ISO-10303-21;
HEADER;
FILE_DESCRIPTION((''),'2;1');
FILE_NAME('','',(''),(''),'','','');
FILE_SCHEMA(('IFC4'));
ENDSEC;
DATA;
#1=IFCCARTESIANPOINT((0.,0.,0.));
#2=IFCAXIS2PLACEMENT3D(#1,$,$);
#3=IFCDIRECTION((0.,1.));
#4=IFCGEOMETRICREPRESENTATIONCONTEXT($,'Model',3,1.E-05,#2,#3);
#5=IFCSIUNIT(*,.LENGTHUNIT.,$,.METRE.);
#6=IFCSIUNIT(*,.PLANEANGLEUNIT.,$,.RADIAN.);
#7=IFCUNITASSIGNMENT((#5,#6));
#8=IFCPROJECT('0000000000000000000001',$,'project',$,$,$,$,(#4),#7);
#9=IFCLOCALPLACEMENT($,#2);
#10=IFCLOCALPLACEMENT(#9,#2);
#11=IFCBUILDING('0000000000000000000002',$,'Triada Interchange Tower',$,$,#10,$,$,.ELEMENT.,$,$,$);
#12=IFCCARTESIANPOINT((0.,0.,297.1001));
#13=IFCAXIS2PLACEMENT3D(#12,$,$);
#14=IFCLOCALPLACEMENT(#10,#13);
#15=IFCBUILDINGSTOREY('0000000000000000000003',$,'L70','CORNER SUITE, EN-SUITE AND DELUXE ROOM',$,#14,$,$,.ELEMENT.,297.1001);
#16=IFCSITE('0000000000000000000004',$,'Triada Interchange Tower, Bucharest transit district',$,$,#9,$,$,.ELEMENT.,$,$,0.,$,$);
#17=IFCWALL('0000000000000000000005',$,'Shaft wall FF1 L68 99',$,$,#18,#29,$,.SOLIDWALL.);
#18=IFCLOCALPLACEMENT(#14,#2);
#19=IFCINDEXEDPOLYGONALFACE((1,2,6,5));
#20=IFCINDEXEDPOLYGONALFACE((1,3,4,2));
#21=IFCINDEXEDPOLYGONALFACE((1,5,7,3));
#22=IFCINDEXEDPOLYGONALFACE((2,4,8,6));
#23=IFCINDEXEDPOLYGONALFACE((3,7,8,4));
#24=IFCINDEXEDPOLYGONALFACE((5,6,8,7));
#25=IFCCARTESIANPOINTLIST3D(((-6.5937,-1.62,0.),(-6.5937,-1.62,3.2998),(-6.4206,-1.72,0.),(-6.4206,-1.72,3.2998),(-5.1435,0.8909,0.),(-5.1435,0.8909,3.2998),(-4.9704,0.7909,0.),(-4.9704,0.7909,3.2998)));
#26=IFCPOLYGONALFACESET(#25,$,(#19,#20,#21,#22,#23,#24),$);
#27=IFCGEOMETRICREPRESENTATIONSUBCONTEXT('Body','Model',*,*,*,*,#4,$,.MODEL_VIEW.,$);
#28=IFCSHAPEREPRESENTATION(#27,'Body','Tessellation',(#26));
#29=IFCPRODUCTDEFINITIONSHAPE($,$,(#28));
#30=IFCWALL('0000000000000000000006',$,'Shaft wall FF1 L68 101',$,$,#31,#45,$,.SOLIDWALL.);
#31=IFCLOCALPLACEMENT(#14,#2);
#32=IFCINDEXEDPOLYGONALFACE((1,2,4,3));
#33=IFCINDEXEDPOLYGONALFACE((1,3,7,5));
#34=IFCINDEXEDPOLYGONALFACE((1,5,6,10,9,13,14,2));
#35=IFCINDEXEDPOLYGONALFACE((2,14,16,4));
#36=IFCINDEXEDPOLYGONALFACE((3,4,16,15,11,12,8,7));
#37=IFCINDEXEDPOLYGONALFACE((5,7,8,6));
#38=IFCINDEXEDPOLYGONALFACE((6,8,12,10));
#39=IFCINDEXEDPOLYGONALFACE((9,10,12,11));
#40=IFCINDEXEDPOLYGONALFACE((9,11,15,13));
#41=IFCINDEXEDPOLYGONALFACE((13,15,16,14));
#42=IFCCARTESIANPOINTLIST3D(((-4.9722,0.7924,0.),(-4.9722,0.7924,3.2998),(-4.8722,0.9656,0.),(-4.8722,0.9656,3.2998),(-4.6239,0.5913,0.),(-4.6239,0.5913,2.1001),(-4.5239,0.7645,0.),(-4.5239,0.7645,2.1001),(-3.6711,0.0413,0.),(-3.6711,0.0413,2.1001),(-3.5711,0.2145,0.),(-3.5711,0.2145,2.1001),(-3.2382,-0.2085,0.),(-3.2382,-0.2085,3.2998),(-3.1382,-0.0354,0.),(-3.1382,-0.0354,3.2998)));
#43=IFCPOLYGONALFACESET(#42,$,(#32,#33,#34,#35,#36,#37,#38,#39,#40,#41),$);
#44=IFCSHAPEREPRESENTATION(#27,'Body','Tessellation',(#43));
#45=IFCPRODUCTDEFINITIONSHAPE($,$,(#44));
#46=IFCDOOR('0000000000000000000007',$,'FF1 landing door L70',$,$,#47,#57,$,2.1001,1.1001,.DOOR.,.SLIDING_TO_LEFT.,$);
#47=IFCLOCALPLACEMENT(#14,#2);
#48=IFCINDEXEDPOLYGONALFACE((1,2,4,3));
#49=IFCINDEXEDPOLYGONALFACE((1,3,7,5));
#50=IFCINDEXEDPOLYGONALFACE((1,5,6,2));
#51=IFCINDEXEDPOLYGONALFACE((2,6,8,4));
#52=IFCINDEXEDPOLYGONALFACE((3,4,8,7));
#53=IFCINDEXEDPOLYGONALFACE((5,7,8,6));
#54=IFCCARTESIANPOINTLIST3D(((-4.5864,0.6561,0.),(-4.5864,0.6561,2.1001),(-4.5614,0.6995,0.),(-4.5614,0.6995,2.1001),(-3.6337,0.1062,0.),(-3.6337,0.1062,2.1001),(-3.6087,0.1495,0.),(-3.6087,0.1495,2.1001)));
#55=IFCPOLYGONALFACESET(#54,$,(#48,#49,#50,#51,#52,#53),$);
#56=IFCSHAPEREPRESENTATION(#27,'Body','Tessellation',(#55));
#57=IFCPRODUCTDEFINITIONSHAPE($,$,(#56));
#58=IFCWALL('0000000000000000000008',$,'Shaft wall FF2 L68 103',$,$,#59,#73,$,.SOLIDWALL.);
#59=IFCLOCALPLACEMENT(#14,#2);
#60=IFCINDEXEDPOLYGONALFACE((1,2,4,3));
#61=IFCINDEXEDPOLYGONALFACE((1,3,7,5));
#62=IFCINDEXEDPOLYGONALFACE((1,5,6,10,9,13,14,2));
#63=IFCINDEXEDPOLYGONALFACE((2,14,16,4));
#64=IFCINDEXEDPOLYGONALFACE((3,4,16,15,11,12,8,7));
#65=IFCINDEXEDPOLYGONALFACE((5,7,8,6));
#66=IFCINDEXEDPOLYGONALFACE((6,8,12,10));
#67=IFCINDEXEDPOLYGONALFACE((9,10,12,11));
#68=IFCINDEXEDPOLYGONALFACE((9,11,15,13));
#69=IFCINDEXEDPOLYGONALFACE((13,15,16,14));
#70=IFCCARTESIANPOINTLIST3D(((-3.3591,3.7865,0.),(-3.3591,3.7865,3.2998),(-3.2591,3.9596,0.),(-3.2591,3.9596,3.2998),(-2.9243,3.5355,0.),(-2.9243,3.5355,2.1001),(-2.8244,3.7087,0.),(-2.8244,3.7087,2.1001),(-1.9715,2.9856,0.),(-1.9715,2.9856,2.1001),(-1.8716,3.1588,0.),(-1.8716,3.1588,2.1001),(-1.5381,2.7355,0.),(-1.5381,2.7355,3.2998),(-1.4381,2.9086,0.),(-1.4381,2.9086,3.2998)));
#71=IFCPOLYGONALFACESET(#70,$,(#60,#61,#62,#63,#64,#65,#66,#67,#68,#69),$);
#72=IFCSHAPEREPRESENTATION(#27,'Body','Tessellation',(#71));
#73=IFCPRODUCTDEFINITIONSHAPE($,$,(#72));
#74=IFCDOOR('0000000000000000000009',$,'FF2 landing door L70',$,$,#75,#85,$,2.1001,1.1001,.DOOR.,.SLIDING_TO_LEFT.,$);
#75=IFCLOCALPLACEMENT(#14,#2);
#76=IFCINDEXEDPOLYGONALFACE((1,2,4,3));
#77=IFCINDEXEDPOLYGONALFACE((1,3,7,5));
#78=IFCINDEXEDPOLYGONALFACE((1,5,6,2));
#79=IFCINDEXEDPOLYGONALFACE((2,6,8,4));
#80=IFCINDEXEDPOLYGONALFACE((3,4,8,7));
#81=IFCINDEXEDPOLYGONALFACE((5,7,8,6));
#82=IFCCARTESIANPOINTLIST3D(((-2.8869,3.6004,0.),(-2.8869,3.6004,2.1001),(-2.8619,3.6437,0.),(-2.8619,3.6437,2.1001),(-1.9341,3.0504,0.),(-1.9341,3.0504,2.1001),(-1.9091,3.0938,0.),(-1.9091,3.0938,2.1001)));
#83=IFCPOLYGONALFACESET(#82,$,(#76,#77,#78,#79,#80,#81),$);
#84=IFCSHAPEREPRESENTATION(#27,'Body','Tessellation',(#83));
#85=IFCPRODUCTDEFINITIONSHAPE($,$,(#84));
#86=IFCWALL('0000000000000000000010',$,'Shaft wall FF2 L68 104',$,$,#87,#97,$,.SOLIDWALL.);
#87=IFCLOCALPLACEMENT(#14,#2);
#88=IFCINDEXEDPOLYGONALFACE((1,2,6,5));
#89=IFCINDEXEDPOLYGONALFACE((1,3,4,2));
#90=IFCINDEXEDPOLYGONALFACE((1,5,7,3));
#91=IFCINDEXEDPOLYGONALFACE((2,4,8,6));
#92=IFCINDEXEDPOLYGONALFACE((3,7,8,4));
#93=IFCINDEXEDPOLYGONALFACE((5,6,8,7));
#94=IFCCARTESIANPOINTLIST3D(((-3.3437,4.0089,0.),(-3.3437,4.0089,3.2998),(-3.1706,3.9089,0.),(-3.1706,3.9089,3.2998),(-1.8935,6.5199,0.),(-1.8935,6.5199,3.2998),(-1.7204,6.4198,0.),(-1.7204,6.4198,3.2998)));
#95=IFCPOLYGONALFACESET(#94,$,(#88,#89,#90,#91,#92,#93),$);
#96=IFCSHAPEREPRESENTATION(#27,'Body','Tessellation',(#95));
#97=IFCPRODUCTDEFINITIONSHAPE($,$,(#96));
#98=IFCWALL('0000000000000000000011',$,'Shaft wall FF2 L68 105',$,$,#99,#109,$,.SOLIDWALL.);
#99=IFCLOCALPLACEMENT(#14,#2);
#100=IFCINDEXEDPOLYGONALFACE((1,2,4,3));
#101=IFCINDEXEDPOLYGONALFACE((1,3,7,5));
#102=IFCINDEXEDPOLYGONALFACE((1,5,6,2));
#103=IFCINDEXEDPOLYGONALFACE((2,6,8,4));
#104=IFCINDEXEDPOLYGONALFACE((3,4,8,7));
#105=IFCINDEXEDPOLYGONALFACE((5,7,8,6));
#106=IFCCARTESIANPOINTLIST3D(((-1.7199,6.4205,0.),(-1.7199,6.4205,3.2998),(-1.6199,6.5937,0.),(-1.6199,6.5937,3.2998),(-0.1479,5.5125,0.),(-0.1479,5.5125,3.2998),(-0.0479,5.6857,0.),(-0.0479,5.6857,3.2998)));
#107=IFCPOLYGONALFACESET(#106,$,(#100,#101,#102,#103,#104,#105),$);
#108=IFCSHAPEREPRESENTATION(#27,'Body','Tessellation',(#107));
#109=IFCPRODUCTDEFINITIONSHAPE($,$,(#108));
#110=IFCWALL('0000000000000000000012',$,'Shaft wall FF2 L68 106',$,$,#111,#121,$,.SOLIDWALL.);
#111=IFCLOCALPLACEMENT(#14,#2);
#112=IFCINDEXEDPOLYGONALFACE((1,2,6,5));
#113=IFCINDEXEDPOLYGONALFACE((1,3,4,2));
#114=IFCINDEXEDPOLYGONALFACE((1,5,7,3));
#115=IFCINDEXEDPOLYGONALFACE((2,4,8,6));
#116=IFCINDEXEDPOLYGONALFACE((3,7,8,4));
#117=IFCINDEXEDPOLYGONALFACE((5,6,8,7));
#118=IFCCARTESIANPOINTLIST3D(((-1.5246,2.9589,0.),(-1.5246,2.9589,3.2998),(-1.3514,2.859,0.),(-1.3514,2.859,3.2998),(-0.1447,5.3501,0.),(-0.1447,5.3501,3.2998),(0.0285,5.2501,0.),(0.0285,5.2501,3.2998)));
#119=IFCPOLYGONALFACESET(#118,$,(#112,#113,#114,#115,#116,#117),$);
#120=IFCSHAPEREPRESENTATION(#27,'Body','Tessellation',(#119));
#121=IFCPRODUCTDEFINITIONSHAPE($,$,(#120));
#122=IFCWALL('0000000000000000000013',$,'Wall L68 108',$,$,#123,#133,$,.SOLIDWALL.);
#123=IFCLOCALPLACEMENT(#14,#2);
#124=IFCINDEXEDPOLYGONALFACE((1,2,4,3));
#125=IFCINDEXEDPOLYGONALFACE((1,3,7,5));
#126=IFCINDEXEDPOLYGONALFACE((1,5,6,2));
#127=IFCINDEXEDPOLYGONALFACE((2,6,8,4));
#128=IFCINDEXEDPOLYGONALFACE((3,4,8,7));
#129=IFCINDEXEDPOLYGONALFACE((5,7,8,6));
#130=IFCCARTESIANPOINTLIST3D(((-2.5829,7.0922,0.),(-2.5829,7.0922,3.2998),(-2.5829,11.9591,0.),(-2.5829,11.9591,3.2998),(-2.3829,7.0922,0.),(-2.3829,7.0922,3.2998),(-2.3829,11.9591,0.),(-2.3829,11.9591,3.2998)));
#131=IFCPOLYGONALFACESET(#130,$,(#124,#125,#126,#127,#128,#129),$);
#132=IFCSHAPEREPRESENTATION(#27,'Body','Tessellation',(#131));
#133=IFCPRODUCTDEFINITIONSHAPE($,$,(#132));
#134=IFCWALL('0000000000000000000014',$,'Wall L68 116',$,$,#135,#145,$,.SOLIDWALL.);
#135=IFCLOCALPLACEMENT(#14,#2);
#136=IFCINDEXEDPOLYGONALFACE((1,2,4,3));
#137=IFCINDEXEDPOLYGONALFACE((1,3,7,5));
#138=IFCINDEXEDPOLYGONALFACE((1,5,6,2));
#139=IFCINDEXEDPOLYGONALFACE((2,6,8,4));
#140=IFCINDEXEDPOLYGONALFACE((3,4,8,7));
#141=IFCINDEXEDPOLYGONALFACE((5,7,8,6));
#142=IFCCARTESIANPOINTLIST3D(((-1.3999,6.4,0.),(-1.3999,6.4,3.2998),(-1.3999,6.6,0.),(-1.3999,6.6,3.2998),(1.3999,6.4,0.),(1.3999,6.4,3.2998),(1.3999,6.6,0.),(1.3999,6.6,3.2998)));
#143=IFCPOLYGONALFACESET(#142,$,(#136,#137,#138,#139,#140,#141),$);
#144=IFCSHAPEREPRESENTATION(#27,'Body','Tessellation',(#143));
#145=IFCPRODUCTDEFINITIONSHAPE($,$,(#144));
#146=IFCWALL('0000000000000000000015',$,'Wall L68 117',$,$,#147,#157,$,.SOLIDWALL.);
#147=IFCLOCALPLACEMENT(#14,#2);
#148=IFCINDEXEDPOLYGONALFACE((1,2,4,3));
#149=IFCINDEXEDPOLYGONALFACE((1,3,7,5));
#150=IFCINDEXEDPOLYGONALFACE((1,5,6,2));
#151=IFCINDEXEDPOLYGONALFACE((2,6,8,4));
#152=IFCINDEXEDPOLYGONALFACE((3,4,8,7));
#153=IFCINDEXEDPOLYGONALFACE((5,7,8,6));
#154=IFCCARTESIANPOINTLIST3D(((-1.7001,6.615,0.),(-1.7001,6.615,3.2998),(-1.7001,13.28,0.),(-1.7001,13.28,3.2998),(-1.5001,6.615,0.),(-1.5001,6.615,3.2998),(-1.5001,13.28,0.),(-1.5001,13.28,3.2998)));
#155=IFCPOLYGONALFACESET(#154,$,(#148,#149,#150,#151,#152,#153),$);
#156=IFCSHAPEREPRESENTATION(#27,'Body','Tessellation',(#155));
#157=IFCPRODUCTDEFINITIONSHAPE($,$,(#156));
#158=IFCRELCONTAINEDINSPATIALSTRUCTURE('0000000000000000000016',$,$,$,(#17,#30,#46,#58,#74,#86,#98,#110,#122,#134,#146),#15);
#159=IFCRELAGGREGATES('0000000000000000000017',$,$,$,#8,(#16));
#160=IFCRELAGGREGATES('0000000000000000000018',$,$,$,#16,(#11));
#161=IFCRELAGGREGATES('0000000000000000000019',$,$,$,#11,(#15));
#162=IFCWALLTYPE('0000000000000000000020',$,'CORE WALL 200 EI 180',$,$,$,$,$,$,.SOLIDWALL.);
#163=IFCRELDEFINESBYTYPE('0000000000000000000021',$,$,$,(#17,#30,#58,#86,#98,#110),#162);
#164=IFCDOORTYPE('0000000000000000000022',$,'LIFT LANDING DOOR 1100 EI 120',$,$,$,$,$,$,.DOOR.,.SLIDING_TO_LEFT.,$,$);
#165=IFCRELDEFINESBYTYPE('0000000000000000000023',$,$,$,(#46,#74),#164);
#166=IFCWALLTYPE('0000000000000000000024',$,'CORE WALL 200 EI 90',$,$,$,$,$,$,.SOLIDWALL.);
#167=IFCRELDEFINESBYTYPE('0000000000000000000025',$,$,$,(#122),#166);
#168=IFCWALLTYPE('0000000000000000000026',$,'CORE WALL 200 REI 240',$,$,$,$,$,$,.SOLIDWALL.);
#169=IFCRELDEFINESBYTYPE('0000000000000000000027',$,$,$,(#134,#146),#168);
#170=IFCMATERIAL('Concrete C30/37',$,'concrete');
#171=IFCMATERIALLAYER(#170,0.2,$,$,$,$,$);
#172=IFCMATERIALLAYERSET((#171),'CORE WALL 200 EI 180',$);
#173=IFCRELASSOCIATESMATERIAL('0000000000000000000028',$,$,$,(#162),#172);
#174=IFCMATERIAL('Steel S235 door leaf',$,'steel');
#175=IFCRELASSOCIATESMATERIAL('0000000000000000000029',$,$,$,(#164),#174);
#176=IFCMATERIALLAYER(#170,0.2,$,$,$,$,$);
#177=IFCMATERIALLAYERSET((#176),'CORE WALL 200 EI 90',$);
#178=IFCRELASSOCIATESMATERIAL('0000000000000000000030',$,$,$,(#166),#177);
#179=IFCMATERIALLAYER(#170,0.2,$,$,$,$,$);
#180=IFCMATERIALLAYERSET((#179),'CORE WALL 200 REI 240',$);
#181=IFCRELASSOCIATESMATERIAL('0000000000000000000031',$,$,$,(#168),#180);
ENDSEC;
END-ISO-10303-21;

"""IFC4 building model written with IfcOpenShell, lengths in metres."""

from ifc_helpers import new_model, si_unit, direction, frame, frame_2d, origin, place, context, subcontext, project, spatial, rectangle, extrude, material, layer, layer_set, type_object, element, fill, save


model = new_model("IFC4")

# Units and contexts
model_context = context("Model", 3, precision=1e-05, world=origin(), true_north=direction((0.0, 1.0)))
body_context = subcontext(model_context, "Body", "Model", "MODEL_VIEW")
ifc_project = project(units=[si_unit("LENGTHUNIT", "METRE"), si_unit("PLANEANGLEUNIT", "RADIAN")], contexts=[model_context])

# Site, building, storey
site_placement = place(None, origin())
site = spatial("IfcSite", under=ifc_project, at=site_placement, Name="Triada Interchange Tower, Bucharest transit district", CompositionType="ELEMENT", RefElevation=0.0)
building_placement = place(site_placement, origin())
building = spatial("IfcBuilding", under=site, at=building_placement, Name="Triada Interchange Tower", CompositionType="ELEMENT")
storey_placement = place(building_placement, frame((0.0, 0.0, 297.1001)))
storey = spatial("IfcBuildingStorey", under=building, at=storey_placement, Name="L70", Description="CORNER SUITE, EN-SUITE AND DELUXE ROOM", CompositionType="ELEMENT", Elevation=297.1001)

# Shared definitions
ifc_material_1 = material(Name="Concrete C30/37", Category="concrete")

# Shared definitions
ifc_layer_1 = layer(ifc_material_1, 0.2)
ifc_layer_set_1 = layer_set([ifc_layer_1], Name="CORE WALL 200 EI 180")
wall_type_1 = type_object("IfcWallType", Name="CORE WALL 200 EI 180", PredefinedType="SOLIDWALL", material=ifc_layer_set_1)
ifc_material_2 = material(Name="Steel S235 door leaf", Category="steel")
door_type_1 = type_object("IfcDoorType", Name="LIFT LANDING DOOR 1100 EI 120", OperationType="SLIDING_TO_LEFT", PredefinedType="DOOR", material=ifc_material_2)

# Wall
wall_1_placement = place(storey_placement, frame((-6.5071, -1.6699, 0.0), z_axis=(0.0, 0.0, 1.0), x_axis=(0.500123, 0.865954, 0.0)))
element("IfcWall", 1, at=wall_1_placement, inside=storey, type_object=wall_type_1, Name="Shaft wall FF1 L68 99", PredefinedType="SOLIDWALL", context=body_context, shape_type="SweptSolid", body=[
    extrude(rectangle(XDim=2.8997, YDim=0.2, at=frame_2d((1.4497, 0.0))), origin(), (0.0, 0.0, 1.0), 3.2998),
])

# Walls, openings, doors
wall_2_placement = place(storey_placement, frame((-4.9221, 0.8789, 0.0), z_axis=(0.0, 0.0, 1.0), x_axis=(0.866074, -0.499916, 0.0)))
wall_2 = element("IfcWall", 2, at=wall_2_placement, inside=storey, type_object=wall_type_1, Name="Shaft wall FF1 L68 101", PredefinedType="SOLIDWALL", context=body_context, shape_type="SweptSolid", body=[
    extrude(rectangle(XDim=2.0022, YDim=0.2, at=frame_2d((1.001, 0.0))), origin(), (0.0, 0.0, 1.0), 3.2998),
])
opening_1_placement = place(wall_2_placement, frame((0.4021, 0.0, 0.0)))
opening_1 = element("IfcOpeningElement", 3, at=opening_1_placement, cuts=wall_2, PredefinedType="OPENING", context=body_context, shape_type="SweptSolid", body=[
    extrude(rectangle(XDim=1.1001, YDim=2.1001, at=frame_2d((0.55, 1.05))), frame((0.0, 0.1099, 0.0), z_axis=(0.0, -1.0, 0.0), x_axis=(1.0, 0.0, 0.0)), (0.0, 0.0, 1.0), 0.22),
])
door_1_placement = place(opening_1_placement, origin())
door_1 = element("IfcDoor", 4, at=door_1_placement, inside=storey, type_object=door_type_1, Name="FF1 landing door L70", OperationType="SLIDING_TO_LEFT", OverallHeight=2.1001, OverallWidth=1.1001, PredefinedType="DOOR", context=body_context, shape_type="SweptSolid", body=[
    extrude(rectangle(XDim=1.1001, YDim=2.1001, at=frame_2d((0.55, 1.05))), frame((0.0, 0.0249, 0.0), z_axis=(0.0, -1.0, 0.0), x_axis=(1.0, 0.0, 0.0)), (0.0, 0.0, 1.0), 0.05),
])
fill(opening_1, door_1)
wall_3_placement = place(storey_placement, frame((-3.3091, 3.873, 0.0), z_axis=(0.0, 0.0, 1.0), x_axis=(0.866099, -0.499873, 0.0)))
wall_3 = element("IfcWall", 5, at=wall_3_placement, inside=storey, type_object=wall_type_1, Name="Shaft wall FF2 L68 103", PredefinedType="SOLIDWALL", context=body_context, shape_type="SweptSolid", body=[
    extrude(rectangle(XDim=2.1025, YDim=0.2, at=frame_2d((1.0513, 0.0))), origin(), (0.0, 0.0, 1.0), 3.2998),
])
opening_2_placement = place(wall_3_placement, frame((0.502, 0.0, 0.0)))
opening_2 = element("IfcOpeningElement", 6, at=opening_2_placement, cuts=wall_3, PredefinedType="OPENING", context=body_context, shape_type="SweptSolid", body=[
    extrude(rectangle(XDim=1.1001, YDim=2.1001, at=frame_2d((0.55, 1.05))), frame((0.0, 0.1099, 0.0), z_axis=(0.0, -1.0, 0.0), x_axis=(1.0, 0.0, 0.0)), (0.0, 0.0, 1.0), 0.22),
])
door_2_placement = place(opening_2_placement, origin())
door_2 = element("IfcDoor", 7, at=door_2_placement, inside=storey, type_object=door_type_1, Name="FF2 landing door L70", OperationType="SLIDING_TO_LEFT", OverallHeight=2.1001, OverallWidth=1.1001, PredefinedType="DOOR", context=body_context, shape_type="SweptSolid", body=[
    extrude(rectangle(XDim=1.1001, YDim=2.1001, at=frame_2d((0.55, 1.05))), frame((0.0, 0.0249, 0.0), z_axis=(0.0, -1.0, 0.0), x_axis=(1.0, 0.0, 0.0)), (0.0, 0.0, 1.0), 0.05),
])
fill(opening_2, door_2)

# Walls
wall_4_placement = place(storey_placement, frame((-3.2571, 3.959, 0.0), z_axis=(0.0, 0.0, 1.0), x_axis=(0.500123, 0.865954, 0.0)))
element("IfcWall", 8, at=wall_4_placement, inside=storey, type_object=wall_type_1, Name="Shaft wall FF2 L68 104", PredefinedType="SOLIDWALL", context=body_context, shape_type="SweptSolid", body=[
    extrude(rectangle(XDim=2.8997, YDim=0.2, at=frame_2d((1.4497, 0.0))), origin(), (0.0, 0.0, 1.0), 3.2998),
])
wall_5_placement = place(storey_placement, frame((-1.6699, 6.5071, 0.0), z_axis=(0.0, 0.0, 1.0), x_axis=(0.865941, -0.500145, 0.0)))
element("IfcWall", 9, at=wall_5_placement, inside=storey, type_object=wall_type_1, Name="Shaft wall FF2 L68 105", PredefinedType="SOLIDWALL", context=body_context, shape_type="SweptSolid", body=[
    extrude(rectangle(XDim=1.8154, YDim=0.2, at=frame_2d((0.9077, 0.0))), origin(), (0.0, 0.0, 1.0), 3.2998),
])
wall_6_placement = place(storey_placement, frame((-1.438, 2.9089, 0.0), z_axis=(0.0, 0.0, 1.0), x_axis=(0.49983, 0.866124, 0.0)))
element("IfcWall", 10, at=wall_6_placement, inside=storey, type_object=wall_type_1, Name="Shaft wall FF2 L68 106", PredefinedType="SOLIDWALL", context=body_context, shape_type="SweptSolid", body=[
    extrude(rectangle(XDim=2.7607, YDim=0.2, at=frame_2d((1.3804, 0.0))), origin(), (0.0, 0.0, 1.0), 3.2998),
])
ifc_layer_2 = layer(ifc_material_1, 0.2)
ifc_layer_set_2 = layer_set([ifc_layer_2], Name="CORE WALL 200 EI 90")
wall_type_2 = type_object("IfcWallType", Name="CORE WALL 200 EI 90", PredefinedType="SOLIDWALL", material=ifc_layer_set_2)
wall_7_placement = place(storey_placement, frame((-2.4829, 7.092, 0.0), z_axis=(0.0, 0.0, 1.0), x_axis=(0.0, 1.0, 0.0)))
element("IfcWall", 11, at=wall_7_placement, inside=storey, type_object=wall_type_2, Name="Wall L68 108", PredefinedType="SOLIDWALL", context=body_context, shape_type="SweptSolid", body=[
    extrude(rectangle(XDim=4.8669, YDim=0.2, at=frame_2d((2.4336, 0.0))), origin(), (0.0, 0.0, 1.0), 3.2998),
])
ifc_layer_3 = layer(ifc_material_1, 0.2)
ifc_layer_set_3 = layer_set([ifc_layer_3], Name="CORE WALL 200 REI 240")
wall_type_3 = type_object("IfcWallType", Name="CORE WALL 200 REI 240", PredefinedType="SOLIDWALL", material=ifc_layer_set_3)
wall_8_placement = place(storey_placement, frame((-1.3999, 6.5, 0.0), z_axis=(0.0, 0.0, 1.0), x_axis=(1.0, 0.0, 0.0)))
element("IfcWall", 12, at=wall_8_placement, inside=storey, type_object=wall_type_3, Name="Wall L68 116", PredefinedType="SOLIDWALL", context=body_context, shape_type="SweptSolid", body=[
    extrude(rectangle(XDim=2.7998, YDim=0.2, at=frame_2d((1.3999, 0.0))), origin(), (0.0, 0.0, 1.0), 3.2998),
])
wall_9_placement = place(storey_placement, frame((-1.6001, 6.615, 0.0), z_axis=(0.0, 0.0, 1.0), x_axis=(0.0, 1.0, 0.0)))
element("IfcWall", 13, at=wall_9_placement, inside=storey, type_object=wall_type_3, Name="Wall L68 117", PredefinedType="SOLIDWALL", context=body_context, shape_type="SweptSolid", body=[
    extrude(rectangle(XDim=6.665, YDim=0.2, at=frame_2d((3.3325, 0.0))), origin(), (0.0, 0.0, 1.0), 3.2998),
])

save(model, "model.ifc")
